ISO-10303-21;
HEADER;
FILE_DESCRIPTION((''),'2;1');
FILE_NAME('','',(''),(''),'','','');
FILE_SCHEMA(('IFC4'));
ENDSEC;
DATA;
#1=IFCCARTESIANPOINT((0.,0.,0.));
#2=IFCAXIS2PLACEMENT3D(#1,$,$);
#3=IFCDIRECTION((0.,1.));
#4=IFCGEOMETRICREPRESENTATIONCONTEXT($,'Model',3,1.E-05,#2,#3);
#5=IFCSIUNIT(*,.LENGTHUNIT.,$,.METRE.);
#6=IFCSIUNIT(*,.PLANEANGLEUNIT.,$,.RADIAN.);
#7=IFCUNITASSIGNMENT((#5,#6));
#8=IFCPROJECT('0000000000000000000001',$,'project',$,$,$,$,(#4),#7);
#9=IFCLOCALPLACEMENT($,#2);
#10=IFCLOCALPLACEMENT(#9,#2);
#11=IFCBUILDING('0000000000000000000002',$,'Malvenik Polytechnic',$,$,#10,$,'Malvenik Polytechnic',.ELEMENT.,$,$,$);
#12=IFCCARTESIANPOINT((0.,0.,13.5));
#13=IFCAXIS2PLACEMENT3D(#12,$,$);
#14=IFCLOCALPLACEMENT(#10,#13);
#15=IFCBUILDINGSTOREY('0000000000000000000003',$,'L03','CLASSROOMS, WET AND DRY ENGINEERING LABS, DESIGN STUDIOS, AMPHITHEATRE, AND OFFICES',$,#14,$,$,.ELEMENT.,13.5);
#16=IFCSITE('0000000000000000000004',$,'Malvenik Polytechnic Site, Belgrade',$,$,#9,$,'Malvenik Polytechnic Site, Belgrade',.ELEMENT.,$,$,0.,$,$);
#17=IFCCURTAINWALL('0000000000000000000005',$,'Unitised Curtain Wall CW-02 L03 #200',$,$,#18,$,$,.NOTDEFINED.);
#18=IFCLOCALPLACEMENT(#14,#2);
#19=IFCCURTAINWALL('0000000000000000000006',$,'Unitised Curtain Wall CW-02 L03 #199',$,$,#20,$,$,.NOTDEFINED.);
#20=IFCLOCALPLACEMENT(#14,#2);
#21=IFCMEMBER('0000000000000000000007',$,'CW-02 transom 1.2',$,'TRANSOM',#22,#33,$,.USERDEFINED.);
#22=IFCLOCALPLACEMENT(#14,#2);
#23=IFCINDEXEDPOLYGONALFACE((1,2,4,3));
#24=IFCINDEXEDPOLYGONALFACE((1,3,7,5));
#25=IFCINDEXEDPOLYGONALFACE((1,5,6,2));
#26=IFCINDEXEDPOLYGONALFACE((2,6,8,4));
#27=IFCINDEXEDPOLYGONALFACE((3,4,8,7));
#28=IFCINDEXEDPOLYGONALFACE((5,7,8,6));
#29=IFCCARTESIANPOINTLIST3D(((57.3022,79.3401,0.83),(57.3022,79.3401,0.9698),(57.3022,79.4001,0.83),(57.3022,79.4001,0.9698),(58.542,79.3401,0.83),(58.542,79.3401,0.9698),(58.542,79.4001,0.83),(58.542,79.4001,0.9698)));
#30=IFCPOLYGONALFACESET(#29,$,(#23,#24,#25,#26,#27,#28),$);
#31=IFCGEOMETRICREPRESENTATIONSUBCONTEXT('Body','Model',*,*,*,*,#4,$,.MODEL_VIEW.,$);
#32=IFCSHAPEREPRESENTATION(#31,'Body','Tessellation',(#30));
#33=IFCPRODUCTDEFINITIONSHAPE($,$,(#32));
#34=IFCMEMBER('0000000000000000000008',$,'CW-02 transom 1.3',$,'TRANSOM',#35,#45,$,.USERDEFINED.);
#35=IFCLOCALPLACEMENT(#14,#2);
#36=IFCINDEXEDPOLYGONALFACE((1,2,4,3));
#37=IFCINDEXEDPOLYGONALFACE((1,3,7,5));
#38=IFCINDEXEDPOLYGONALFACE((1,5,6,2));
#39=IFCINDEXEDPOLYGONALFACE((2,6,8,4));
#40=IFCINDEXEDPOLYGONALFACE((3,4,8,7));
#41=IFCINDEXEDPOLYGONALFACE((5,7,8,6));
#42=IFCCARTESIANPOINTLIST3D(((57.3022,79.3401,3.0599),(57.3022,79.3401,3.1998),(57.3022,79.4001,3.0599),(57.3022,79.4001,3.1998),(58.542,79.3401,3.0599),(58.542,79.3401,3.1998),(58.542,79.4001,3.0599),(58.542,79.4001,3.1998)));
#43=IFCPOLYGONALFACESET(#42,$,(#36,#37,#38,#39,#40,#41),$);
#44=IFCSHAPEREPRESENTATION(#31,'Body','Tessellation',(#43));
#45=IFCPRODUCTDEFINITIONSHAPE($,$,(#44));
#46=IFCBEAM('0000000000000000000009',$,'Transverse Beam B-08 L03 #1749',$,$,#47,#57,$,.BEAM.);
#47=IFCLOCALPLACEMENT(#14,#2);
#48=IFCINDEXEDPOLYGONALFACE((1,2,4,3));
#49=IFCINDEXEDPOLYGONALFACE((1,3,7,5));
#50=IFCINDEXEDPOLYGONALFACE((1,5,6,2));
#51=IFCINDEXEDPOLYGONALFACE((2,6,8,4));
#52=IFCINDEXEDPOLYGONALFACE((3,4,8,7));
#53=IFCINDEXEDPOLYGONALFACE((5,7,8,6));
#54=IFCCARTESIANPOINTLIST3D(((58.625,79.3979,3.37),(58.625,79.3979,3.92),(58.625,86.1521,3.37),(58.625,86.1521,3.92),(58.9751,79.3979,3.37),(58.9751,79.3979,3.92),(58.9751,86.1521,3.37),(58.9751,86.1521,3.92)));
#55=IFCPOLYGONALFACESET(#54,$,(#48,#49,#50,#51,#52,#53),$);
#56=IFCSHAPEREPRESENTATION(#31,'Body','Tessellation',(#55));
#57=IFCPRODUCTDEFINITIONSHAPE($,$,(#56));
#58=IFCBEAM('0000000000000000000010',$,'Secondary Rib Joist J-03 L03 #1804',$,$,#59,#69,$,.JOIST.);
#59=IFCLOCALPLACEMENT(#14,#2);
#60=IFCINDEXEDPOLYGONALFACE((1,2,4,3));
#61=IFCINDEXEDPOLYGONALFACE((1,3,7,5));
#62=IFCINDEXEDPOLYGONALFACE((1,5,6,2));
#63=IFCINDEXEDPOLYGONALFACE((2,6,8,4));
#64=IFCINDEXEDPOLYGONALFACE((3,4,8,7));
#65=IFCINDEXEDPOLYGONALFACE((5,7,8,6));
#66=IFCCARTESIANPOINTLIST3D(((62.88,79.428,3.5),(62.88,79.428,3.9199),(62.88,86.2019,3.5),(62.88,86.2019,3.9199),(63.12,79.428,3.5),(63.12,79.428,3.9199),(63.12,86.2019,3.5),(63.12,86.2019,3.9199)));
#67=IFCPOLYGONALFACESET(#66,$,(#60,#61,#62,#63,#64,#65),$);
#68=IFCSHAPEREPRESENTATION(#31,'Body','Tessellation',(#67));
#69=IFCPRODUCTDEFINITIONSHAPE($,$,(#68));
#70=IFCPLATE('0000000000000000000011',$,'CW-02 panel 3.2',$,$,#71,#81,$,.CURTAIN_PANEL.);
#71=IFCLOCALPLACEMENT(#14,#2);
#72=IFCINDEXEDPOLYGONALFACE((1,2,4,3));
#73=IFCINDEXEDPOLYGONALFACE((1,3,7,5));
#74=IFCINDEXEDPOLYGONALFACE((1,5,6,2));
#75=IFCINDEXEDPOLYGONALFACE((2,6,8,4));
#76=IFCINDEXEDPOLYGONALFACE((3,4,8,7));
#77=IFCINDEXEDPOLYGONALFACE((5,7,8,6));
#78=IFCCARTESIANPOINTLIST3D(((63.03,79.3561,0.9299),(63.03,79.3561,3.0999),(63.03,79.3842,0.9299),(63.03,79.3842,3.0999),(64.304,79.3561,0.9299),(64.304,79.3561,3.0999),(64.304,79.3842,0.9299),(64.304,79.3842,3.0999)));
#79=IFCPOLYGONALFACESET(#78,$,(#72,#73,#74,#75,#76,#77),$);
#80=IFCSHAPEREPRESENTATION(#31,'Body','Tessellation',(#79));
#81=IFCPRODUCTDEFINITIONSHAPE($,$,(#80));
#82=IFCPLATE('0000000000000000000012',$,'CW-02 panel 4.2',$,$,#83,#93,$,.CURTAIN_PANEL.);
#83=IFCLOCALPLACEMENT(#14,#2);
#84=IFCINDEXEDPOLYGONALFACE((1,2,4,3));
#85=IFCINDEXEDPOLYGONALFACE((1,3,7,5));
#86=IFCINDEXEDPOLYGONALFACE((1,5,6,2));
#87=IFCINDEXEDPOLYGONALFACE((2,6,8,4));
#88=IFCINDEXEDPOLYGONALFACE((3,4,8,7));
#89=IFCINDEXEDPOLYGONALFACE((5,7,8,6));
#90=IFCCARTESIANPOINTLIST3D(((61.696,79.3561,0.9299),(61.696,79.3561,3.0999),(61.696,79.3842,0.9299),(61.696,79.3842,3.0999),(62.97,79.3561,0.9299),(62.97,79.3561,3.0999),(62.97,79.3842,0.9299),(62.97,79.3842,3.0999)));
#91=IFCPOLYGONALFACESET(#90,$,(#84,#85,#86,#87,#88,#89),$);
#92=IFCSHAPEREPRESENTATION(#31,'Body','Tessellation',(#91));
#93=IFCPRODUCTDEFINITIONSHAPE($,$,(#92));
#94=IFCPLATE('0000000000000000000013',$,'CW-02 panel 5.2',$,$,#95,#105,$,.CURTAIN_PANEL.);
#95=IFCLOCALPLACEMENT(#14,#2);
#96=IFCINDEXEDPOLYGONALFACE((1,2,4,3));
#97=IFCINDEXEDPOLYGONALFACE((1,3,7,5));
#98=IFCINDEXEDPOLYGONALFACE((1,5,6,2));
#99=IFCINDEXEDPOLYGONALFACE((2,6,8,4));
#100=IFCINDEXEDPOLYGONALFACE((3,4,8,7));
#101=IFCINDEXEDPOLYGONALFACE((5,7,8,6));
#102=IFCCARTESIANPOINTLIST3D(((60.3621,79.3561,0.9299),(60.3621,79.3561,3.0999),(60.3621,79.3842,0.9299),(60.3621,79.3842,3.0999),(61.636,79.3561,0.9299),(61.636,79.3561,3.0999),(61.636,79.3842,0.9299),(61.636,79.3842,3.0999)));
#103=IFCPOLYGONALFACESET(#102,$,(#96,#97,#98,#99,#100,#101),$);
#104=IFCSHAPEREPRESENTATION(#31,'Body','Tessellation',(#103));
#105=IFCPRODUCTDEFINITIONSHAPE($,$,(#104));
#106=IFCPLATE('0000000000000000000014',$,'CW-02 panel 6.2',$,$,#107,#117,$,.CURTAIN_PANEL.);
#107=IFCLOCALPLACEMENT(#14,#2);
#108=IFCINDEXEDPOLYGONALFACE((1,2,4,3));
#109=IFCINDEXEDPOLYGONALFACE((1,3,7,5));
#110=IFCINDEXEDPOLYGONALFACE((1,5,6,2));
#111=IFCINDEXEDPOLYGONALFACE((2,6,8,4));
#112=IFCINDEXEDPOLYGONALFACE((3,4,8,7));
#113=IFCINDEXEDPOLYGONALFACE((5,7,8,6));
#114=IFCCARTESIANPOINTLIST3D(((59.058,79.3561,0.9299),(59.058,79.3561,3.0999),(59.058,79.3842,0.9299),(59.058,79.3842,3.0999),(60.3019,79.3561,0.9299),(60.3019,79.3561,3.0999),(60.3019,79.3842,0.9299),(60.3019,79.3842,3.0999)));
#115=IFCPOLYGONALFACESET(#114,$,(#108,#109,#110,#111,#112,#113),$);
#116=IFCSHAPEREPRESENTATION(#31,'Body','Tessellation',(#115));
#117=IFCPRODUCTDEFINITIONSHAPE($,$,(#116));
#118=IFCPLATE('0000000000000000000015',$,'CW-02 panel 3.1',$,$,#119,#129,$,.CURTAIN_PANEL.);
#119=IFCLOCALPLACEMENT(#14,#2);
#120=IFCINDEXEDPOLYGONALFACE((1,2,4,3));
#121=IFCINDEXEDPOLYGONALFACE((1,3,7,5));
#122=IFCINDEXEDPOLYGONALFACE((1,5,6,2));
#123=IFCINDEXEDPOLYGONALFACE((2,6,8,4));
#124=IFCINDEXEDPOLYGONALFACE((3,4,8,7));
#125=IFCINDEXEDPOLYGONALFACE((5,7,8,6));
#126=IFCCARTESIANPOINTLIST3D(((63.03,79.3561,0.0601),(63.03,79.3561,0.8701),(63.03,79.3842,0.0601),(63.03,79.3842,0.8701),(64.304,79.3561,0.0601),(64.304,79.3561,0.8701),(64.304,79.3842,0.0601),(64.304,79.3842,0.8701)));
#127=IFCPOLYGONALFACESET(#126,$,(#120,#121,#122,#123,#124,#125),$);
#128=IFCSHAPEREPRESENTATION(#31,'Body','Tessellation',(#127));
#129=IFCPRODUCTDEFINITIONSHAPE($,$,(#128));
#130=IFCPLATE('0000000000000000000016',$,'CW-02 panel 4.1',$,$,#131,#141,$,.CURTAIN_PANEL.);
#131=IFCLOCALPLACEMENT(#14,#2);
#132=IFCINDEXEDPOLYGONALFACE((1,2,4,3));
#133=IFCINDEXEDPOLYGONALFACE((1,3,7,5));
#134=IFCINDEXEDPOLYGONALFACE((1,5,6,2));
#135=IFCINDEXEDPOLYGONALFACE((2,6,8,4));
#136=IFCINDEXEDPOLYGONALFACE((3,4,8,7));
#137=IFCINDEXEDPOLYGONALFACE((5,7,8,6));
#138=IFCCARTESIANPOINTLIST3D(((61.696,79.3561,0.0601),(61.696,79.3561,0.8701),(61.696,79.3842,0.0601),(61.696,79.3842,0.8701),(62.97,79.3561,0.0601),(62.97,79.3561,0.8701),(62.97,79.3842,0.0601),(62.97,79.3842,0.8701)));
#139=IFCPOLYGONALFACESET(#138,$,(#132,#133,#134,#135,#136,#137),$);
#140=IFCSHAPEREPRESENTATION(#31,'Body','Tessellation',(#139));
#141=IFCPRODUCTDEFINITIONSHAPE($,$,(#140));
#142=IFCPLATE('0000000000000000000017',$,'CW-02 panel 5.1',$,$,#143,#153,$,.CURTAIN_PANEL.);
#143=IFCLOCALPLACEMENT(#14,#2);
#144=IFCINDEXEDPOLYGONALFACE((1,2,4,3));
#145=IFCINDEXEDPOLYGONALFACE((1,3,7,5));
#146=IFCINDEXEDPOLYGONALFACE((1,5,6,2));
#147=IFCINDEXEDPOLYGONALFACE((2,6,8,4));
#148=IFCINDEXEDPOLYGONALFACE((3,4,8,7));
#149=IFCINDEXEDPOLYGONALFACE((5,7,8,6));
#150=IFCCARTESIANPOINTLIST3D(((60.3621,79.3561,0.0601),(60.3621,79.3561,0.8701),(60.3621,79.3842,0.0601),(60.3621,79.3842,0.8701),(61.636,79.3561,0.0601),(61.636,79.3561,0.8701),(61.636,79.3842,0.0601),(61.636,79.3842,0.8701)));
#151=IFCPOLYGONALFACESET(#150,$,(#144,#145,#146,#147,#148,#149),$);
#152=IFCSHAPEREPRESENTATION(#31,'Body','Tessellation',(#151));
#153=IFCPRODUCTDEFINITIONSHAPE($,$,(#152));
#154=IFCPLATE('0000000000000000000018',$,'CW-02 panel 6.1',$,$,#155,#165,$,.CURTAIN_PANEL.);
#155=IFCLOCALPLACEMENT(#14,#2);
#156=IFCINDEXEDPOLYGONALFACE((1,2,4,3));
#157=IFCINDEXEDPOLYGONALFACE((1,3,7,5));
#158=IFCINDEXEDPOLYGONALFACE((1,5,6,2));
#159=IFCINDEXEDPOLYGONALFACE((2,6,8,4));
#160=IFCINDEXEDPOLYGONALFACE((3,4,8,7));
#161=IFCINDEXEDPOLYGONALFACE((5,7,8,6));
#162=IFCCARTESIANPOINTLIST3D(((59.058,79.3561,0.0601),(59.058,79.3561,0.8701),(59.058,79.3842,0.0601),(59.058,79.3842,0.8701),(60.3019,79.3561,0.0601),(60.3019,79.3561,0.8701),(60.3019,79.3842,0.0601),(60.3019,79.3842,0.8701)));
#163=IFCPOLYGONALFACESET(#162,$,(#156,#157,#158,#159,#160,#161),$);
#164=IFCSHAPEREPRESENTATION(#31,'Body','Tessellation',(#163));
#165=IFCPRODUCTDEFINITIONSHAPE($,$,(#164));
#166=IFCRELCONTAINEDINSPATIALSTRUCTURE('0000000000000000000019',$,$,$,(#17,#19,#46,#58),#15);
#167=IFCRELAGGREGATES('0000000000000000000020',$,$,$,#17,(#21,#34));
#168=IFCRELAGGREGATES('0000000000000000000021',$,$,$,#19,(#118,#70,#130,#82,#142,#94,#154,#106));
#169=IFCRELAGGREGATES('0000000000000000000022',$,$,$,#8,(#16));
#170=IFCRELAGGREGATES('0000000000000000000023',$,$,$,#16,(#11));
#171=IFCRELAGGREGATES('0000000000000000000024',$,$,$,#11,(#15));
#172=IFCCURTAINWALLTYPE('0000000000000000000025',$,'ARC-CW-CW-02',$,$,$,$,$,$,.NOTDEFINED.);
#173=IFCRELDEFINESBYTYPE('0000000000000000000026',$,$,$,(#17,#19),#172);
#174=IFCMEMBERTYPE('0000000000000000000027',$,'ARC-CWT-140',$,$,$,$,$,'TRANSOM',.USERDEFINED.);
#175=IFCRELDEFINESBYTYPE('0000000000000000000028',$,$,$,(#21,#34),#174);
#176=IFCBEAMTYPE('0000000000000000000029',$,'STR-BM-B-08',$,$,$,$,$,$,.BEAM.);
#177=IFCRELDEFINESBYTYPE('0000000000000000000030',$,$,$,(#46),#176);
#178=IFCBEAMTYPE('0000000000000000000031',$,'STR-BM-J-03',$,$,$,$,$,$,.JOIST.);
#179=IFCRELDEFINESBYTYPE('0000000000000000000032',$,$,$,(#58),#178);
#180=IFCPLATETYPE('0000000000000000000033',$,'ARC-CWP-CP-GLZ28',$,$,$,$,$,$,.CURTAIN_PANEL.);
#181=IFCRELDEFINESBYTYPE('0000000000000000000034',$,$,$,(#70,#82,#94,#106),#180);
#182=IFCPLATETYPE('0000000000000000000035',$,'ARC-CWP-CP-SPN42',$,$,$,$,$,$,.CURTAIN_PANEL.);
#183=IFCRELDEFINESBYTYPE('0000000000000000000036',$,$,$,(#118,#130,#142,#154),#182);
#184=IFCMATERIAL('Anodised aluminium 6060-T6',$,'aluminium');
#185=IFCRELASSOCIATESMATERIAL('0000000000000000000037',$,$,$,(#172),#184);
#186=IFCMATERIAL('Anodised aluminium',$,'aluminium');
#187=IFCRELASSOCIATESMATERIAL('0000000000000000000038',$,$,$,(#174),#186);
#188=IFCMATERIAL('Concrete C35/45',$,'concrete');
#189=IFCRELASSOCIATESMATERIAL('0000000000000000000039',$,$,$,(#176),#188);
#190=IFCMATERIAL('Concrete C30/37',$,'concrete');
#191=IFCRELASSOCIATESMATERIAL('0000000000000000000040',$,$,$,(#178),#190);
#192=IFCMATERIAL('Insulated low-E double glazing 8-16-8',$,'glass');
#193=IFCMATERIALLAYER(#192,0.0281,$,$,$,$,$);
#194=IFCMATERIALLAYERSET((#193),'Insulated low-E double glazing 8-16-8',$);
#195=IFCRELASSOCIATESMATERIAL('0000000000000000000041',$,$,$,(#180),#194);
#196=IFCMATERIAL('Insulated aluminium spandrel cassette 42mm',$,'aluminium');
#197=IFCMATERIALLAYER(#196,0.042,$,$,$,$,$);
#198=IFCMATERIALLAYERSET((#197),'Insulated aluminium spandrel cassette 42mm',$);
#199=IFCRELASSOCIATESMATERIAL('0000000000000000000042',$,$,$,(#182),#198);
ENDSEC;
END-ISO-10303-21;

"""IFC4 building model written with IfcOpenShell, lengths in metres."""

from ifc_helpers import new_model, si_unit, direction, frame, origin, origin_2d, place, context, subcontext, project, spatial, rectangle, extrude, material, layer, layer_set, material_profile, profile_set, type_object, element, aggregate, save


model = new_model("IFC4")

# Units and contexts
model_context = context("Model", 3, precision=1e-05, world=origin(), true_north=direction((0.0, 1.0)))
body_context = subcontext(model_context, "Body", "Model", "MODEL_VIEW")
ifc_project = project(units=[si_unit("LENGTHUNIT", "METRE"), si_unit("PLANEANGLEUNIT", "RADIAN")], contexts=[model_context])

# Site, building, storey
site_placement = place(None, origin())
site = spatial("IfcSite", under=ifc_project, at=site_placement, Name="Malvenik Polytechnic Site, Belgrade", LongName="Malvenik Polytechnic Site, Belgrade", CompositionType="ELEMENT", RefElevation=0.0)
building_placement = place(site_placement, origin())
building = spatial("IfcBuilding", under=site, at=building_placement, Name="Malvenik Polytechnic", LongName="Malvenik Polytechnic", CompositionType="ELEMENT")
storey_placement = place(building_placement, frame((0.0, 0.0, 13.5)))
storey = spatial("IfcBuildingStorey", under=building, at=storey_placement, Name="L03", Description="CLASSROOMS, WET AND DRY ENGINEERING LABS, DESIGN STUDIOS, AMPHITHEATRE, AND OFFICES", CompositionType="ELEMENT", Elevation=13.5)

# Curtain wall
ifc_material_1 = material(Name="Anodised aluminium 6060-T6", Category="aluminium")
curtain_wall_type = type_object("IfcCurtainWallType", Name="ARC-CW-CW-02", PredefinedType="NOTDEFINED", material=ifc_material_1)
curtain_wall_1_placement = place(storey_placement, origin())
curtain_wall_1 = element("IfcCurtainWall", 1, at=curtain_wall_1_placement, inside=storey, type_object=curtain_wall_type, Name="Unitised Curtain Wall CW-02 L03 #200", PredefinedType="NOTDEFINED")
ifc_material_2 = material(Name="Anodised aluminium", Category="aluminium")

# Curtain wall
curtain_wall_2_placement = place(storey_placement, origin())
curtain_wall_2 = element("IfcCurtainWall", 2, at=curtain_wall_2_placement, inside=storey, type_object=curtain_wall_type, Name="Unitised Curtain Wall CW-02 L03 #199", PredefinedType="NOTDEFINED")

# Members
ifc_material_profile_1 = material_profile(ifc_material_2, rectangle(XDim=0.0601, YDim=0.1399, at=origin_2d()), Name="ALU TRANSOM 60x140")
ifc_profile_set_1 = profile_set([ifc_material_profile_1], Name="Anodised aluminium")
member_type_1 = type_object("IfcMemberType", Name="ARC-CWT-140", ElementType="TRANSOM", PredefinedType="USERDEFINED", material=ifc_profile_set_1)
member_1_placement = place(storey_placement, frame((58.542, 79.3701, 0.8999), z_axis=(-1.0, 0.0, 0.0), x_axis=(0.0, -1.0, 0.0)))
member_1 = element("IfcMember", 3, at=member_1_placement, type_object=member_type_1, Name="CW-02 transom 1.2", ObjectType="TRANSOM", PredefinedType="USERDEFINED", context=body_context, shape_type="SweptSolid", body=[
    extrude(rectangle(XDim=0.0601, YDim=0.1399, at=origin_2d()), origin(), (0.0, 0.0, 1.0), 1.2397),
])
member_2_placement = place(storey_placement, frame((58.542, 79.3701, 3.1299), z_axis=(-1.0, 0.0, 0.0), x_axis=(0.0, -1.0, 0.0)))
member_2 = element("IfcMember", 4, at=member_2_placement, type_object=member_type_1, Name="CW-02 transom 1.3", ObjectType="TRANSOM", PredefinedType="USERDEFINED", context=body_context, shape_type="SweptSolid", body=[
    extrude(rectangle(XDim=0.0601, YDim=0.1399, at=origin_2d()), origin(), (0.0, 0.0, 1.0), 1.2397),
])
aggregate(curtain_wall_1, [member_1, member_2])

# Beams
ifc_material_3 = material(Name="Concrete C35/45", Category="concrete")
ifc_material_profile_2 = material_profile(ifc_material_3, rectangle(XDim=0.3501, YDim=0.55, at=origin_2d()), Name="RC BM 350x550")
ifc_profile_set_2 = profile_set([ifc_material_profile_2], Name="Concrete C35/45")
beam_type_1 = type_object("IfcBeamType", Name="STR-BM-B-08", PredefinedType="BEAM", material=ifc_profile_set_2)
beam_1_placement = place(storey_placement, frame((58.8, 79.3979, 3.645), z_axis=(0.0, 1.0, 0.0), x_axis=(-1.0, 0.0, 0.0)))
element("IfcBeam", 5, at=beam_1_placement, inside=storey, type_object=beam_type_1, Name="Transverse Beam B-08 L03 #1749", PredefinedType="BEAM", context=body_context, shape_type="SweptSolid", body=[
    extrude(rectangle(XDim=0.3501, YDim=0.55, at=origin_2d()), origin(), (0.0, 0.0, 1.0), 6.7542),
])
ifc_material_4 = material(Name="Concrete C30/37", Category="concrete")
ifc_material_profile_3 = material_profile(ifc_material_4, rectangle(XDim=0.24, YDim=0.4199, at=origin_2d()), Name="RC JST 240x420")
ifc_profile_set_3 = profile_set([ifc_material_profile_3], Name="Concrete C30/37")
beam_type_2 = type_object("IfcBeamType", Name="STR-BM-J-03", PredefinedType="JOIST", material=ifc_profile_set_3)
beam_2_placement = place(storey_placement, frame((63.0, 79.428, 3.71), z_axis=(0.0, 1.0, 0.0), x_axis=(-1.0, 0.0, 0.0)))
element("IfcBeam", 6, at=beam_2_placement, inside=storey, type_object=beam_type_2, Name="Secondary Rib Joist J-03 L03 #1804", PredefinedType="JOIST", context=body_context, shape_type="SweptSolid", body=[
    extrude(rectangle(XDim=0.24, YDim=0.4199, at=origin_2d()), origin(), (0.0, 0.0, 1.0), 6.7739),
])

# Plates
ifc_material_5 = material(Name="Insulated low-E double glazing 8-16-8", Category="glass")
ifc_layer_1 = layer(ifc_material_5, 0.0281)
ifc_layer_set_1 = layer_set([ifc_layer_1], Name="Insulated low-E double glazing 8-16-8")
plate_type_1 = type_object("IfcPlateType", Name="ARC-CWP-CP-GLZ28", PredefinedType="CURTAIN_PANEL", material=ifc_layer_set_1)
plate_1_placement = place(storey_placement, frame((63.667, 79.3701, 0.9299), z_axis=(0.0, 0.0, 1.0), x_axis=(-1.0, 0.0, 0.0)))
plate_1 = element("IfcPlate", 7, at=plate_1_placement, type_object=plate_type_1, Name="CW-02 panel 3.2", PredefinedType="CURTAIN_PANEL", context=body_context, shape_type="SweptSolid", body=[
    extrude(rectangle(XDim=1.2739, YDim=0.0281, at=origin_2d()), origin(), (0.0, 0.0, 1.0), 2.1699),
])
plate_2_placement = place(storey_placement, frame((62.333, 79.3701, 0.9299), z_axis=(0.0, 0.0, 1.0), x_axis=(-1.0, 0.0, 0.0)))
plate_2 = element("IfcPlate", 8, at=plate_2_placement, type_object=plate_type_1, Name="CW-02 panel 4.2", PredefinedType="CURTAIN_PANEL", context=body_context, shape_type="SweptSolid", body=[
    extrude(rectangle(XDim=1.2739, YDim=0.0281, at=origin_2d()), origin(), (0.0, 0.0, 1.0), 2.1699),
])
plate_3_placement = place(storey_placement, frame((60.999, 79.3701, 0.9299), z_axis=(0.0, 0.0, 1.0), x_axis=(-1.0, 0.0, 0.0)))
plate_3 = element("IfcPlate", 9, at=plate_3_placement, type_object=plate_type_1, Name="CW-02 panel 5.2", PredefinedType="CURTAIN_PANEL", context=body_context, shape_type="SweptSolid", body=[
    extrude(rectangle(XDim=1.2739, YDim=0.0281, at=origin_2d()), origin(), (0.0, 0.0, 1.0), 2.1699),
])
plate_4_placement = place(storey_placement, frame((59.6799, 79.3701, 0.9299), z_axis=(0.0, 0.0, 1.0), x_axis=(-1.0, 0.0, 0.0)))
plate_4 = element("IfcPlate", 10, at=plate_4_placement, type_object=plate_type_1, Name="CW-02 panel 6.2", PredefinedType="CURTAIN_PANEL", context=body_context, shape_type="SweptSolid", body=[
    extrude(rectangle(XDim=1.2439, YDim=0.0281, at=origin_2d()), origin(), (0.0, 0.0, 1.0), 2.1699),
])
ifc_material_6 = material(Name="Insulated aluminium spandrel cassette 42mm", Category="aluminium")
ifc_layer_2 = layer(ifc_material_6, 0.042)
ifc_layer_set_2 = layer_set([ifc_layer_2], Name="Insulated aluminium spandrel cassette 42mm")
plate_type_2 = type_object("IfcPlateType", Name="ARC-CWP-CP-SPN42", PredefinedType="CURTAIN_PANEL", material=ifc_layer_set_2)
plate_5_placement = place(storey_placement, frame((63.667, 79.3701, 0.0601), z_axis=(0.0, 0.0, 1.0), x_axis=(-1.0, 0.0, 0.0)))
plate_5 = element("IfcPlate", 11, at=plate_5_placement, type_object=plate_type_2, Name="CW-02 panel 3.1", PredefinedType="CURTAIN_PANEL", context=body_context, shape_type="SweptSolid", body=[
    extrude(rectangle(XDim=1.2739, YDim=0.0281, at=origin_2d()), origin(), (0.0, 0.0, 1.0), 0.8101),
])
plate_6_placement = place(storey_placement, frame((62.333, 79.3701, 0.0601), z_axis=(0.0, 0.0, 1.0), x_axis=(-1.0, 0.0, 0.0)))
plate_6 = element("IfcPlate", 12, at=plate_6_placement, type_object=plate_type_2, Name="CW-02 panel 4.1", PredefinedType="CURTAIN_PANEL", context=body_context, shape_type="SweptSolid", body=[
    extrude(rectangle(XDim=1.2739, YDim=0.0281, at=origin_2d()), origin(), (0.0, 0.0, 1.0), 0.8101),
])
plate_7_placement = place(storey_placement, frame((60.999, 79.3701, 0.0601), z_axis=(0.0, 0.0, 1.0), x_axis=(-1.0, 0.0, 0.0)))
plate_7 = element("IfcPlate", 13, at=plate_7_placement, type_object=plate_type_2, Name="CW-02 panel 5.1", PredefinedType="CURTAIN_PANEL", context=body_context, shape_type="SweptSolid", body=[
    extrude(rectangle(XDim=1.2739, YDim=0.0281, at=origin_2d()), origin(), (0.0, 0.0, 1.0), 0.8101),
])
plate_8_placement = place(storey_placement, frame((59.6799, 79.3701, 0.0601), z_axis=(0.0, 0.0, 1.0), x_axis=(-1.0, 0.0, 0.0)))
plate_8 = element("IfcPlate", 14, at=plate_8_placement, type_object=plate_type_2, Name="CW-02 panel 6.1", PredefinedType="CURTAIN_PANEL", context=body_context, shape_type="SweptSolid", body=[
    extrude(rectangle(XDim=1.2439, YDim=0.0281, at=origin_2d()), origin(), (0.0, 0.0, 1.0), 0.8101),
])
aggregate(curtain_wall_2, [plate_5, plate_1, plate_6, plate_2, plate_7, plate_3, plate_8, plate_4])

save(model, "model.ifc")
